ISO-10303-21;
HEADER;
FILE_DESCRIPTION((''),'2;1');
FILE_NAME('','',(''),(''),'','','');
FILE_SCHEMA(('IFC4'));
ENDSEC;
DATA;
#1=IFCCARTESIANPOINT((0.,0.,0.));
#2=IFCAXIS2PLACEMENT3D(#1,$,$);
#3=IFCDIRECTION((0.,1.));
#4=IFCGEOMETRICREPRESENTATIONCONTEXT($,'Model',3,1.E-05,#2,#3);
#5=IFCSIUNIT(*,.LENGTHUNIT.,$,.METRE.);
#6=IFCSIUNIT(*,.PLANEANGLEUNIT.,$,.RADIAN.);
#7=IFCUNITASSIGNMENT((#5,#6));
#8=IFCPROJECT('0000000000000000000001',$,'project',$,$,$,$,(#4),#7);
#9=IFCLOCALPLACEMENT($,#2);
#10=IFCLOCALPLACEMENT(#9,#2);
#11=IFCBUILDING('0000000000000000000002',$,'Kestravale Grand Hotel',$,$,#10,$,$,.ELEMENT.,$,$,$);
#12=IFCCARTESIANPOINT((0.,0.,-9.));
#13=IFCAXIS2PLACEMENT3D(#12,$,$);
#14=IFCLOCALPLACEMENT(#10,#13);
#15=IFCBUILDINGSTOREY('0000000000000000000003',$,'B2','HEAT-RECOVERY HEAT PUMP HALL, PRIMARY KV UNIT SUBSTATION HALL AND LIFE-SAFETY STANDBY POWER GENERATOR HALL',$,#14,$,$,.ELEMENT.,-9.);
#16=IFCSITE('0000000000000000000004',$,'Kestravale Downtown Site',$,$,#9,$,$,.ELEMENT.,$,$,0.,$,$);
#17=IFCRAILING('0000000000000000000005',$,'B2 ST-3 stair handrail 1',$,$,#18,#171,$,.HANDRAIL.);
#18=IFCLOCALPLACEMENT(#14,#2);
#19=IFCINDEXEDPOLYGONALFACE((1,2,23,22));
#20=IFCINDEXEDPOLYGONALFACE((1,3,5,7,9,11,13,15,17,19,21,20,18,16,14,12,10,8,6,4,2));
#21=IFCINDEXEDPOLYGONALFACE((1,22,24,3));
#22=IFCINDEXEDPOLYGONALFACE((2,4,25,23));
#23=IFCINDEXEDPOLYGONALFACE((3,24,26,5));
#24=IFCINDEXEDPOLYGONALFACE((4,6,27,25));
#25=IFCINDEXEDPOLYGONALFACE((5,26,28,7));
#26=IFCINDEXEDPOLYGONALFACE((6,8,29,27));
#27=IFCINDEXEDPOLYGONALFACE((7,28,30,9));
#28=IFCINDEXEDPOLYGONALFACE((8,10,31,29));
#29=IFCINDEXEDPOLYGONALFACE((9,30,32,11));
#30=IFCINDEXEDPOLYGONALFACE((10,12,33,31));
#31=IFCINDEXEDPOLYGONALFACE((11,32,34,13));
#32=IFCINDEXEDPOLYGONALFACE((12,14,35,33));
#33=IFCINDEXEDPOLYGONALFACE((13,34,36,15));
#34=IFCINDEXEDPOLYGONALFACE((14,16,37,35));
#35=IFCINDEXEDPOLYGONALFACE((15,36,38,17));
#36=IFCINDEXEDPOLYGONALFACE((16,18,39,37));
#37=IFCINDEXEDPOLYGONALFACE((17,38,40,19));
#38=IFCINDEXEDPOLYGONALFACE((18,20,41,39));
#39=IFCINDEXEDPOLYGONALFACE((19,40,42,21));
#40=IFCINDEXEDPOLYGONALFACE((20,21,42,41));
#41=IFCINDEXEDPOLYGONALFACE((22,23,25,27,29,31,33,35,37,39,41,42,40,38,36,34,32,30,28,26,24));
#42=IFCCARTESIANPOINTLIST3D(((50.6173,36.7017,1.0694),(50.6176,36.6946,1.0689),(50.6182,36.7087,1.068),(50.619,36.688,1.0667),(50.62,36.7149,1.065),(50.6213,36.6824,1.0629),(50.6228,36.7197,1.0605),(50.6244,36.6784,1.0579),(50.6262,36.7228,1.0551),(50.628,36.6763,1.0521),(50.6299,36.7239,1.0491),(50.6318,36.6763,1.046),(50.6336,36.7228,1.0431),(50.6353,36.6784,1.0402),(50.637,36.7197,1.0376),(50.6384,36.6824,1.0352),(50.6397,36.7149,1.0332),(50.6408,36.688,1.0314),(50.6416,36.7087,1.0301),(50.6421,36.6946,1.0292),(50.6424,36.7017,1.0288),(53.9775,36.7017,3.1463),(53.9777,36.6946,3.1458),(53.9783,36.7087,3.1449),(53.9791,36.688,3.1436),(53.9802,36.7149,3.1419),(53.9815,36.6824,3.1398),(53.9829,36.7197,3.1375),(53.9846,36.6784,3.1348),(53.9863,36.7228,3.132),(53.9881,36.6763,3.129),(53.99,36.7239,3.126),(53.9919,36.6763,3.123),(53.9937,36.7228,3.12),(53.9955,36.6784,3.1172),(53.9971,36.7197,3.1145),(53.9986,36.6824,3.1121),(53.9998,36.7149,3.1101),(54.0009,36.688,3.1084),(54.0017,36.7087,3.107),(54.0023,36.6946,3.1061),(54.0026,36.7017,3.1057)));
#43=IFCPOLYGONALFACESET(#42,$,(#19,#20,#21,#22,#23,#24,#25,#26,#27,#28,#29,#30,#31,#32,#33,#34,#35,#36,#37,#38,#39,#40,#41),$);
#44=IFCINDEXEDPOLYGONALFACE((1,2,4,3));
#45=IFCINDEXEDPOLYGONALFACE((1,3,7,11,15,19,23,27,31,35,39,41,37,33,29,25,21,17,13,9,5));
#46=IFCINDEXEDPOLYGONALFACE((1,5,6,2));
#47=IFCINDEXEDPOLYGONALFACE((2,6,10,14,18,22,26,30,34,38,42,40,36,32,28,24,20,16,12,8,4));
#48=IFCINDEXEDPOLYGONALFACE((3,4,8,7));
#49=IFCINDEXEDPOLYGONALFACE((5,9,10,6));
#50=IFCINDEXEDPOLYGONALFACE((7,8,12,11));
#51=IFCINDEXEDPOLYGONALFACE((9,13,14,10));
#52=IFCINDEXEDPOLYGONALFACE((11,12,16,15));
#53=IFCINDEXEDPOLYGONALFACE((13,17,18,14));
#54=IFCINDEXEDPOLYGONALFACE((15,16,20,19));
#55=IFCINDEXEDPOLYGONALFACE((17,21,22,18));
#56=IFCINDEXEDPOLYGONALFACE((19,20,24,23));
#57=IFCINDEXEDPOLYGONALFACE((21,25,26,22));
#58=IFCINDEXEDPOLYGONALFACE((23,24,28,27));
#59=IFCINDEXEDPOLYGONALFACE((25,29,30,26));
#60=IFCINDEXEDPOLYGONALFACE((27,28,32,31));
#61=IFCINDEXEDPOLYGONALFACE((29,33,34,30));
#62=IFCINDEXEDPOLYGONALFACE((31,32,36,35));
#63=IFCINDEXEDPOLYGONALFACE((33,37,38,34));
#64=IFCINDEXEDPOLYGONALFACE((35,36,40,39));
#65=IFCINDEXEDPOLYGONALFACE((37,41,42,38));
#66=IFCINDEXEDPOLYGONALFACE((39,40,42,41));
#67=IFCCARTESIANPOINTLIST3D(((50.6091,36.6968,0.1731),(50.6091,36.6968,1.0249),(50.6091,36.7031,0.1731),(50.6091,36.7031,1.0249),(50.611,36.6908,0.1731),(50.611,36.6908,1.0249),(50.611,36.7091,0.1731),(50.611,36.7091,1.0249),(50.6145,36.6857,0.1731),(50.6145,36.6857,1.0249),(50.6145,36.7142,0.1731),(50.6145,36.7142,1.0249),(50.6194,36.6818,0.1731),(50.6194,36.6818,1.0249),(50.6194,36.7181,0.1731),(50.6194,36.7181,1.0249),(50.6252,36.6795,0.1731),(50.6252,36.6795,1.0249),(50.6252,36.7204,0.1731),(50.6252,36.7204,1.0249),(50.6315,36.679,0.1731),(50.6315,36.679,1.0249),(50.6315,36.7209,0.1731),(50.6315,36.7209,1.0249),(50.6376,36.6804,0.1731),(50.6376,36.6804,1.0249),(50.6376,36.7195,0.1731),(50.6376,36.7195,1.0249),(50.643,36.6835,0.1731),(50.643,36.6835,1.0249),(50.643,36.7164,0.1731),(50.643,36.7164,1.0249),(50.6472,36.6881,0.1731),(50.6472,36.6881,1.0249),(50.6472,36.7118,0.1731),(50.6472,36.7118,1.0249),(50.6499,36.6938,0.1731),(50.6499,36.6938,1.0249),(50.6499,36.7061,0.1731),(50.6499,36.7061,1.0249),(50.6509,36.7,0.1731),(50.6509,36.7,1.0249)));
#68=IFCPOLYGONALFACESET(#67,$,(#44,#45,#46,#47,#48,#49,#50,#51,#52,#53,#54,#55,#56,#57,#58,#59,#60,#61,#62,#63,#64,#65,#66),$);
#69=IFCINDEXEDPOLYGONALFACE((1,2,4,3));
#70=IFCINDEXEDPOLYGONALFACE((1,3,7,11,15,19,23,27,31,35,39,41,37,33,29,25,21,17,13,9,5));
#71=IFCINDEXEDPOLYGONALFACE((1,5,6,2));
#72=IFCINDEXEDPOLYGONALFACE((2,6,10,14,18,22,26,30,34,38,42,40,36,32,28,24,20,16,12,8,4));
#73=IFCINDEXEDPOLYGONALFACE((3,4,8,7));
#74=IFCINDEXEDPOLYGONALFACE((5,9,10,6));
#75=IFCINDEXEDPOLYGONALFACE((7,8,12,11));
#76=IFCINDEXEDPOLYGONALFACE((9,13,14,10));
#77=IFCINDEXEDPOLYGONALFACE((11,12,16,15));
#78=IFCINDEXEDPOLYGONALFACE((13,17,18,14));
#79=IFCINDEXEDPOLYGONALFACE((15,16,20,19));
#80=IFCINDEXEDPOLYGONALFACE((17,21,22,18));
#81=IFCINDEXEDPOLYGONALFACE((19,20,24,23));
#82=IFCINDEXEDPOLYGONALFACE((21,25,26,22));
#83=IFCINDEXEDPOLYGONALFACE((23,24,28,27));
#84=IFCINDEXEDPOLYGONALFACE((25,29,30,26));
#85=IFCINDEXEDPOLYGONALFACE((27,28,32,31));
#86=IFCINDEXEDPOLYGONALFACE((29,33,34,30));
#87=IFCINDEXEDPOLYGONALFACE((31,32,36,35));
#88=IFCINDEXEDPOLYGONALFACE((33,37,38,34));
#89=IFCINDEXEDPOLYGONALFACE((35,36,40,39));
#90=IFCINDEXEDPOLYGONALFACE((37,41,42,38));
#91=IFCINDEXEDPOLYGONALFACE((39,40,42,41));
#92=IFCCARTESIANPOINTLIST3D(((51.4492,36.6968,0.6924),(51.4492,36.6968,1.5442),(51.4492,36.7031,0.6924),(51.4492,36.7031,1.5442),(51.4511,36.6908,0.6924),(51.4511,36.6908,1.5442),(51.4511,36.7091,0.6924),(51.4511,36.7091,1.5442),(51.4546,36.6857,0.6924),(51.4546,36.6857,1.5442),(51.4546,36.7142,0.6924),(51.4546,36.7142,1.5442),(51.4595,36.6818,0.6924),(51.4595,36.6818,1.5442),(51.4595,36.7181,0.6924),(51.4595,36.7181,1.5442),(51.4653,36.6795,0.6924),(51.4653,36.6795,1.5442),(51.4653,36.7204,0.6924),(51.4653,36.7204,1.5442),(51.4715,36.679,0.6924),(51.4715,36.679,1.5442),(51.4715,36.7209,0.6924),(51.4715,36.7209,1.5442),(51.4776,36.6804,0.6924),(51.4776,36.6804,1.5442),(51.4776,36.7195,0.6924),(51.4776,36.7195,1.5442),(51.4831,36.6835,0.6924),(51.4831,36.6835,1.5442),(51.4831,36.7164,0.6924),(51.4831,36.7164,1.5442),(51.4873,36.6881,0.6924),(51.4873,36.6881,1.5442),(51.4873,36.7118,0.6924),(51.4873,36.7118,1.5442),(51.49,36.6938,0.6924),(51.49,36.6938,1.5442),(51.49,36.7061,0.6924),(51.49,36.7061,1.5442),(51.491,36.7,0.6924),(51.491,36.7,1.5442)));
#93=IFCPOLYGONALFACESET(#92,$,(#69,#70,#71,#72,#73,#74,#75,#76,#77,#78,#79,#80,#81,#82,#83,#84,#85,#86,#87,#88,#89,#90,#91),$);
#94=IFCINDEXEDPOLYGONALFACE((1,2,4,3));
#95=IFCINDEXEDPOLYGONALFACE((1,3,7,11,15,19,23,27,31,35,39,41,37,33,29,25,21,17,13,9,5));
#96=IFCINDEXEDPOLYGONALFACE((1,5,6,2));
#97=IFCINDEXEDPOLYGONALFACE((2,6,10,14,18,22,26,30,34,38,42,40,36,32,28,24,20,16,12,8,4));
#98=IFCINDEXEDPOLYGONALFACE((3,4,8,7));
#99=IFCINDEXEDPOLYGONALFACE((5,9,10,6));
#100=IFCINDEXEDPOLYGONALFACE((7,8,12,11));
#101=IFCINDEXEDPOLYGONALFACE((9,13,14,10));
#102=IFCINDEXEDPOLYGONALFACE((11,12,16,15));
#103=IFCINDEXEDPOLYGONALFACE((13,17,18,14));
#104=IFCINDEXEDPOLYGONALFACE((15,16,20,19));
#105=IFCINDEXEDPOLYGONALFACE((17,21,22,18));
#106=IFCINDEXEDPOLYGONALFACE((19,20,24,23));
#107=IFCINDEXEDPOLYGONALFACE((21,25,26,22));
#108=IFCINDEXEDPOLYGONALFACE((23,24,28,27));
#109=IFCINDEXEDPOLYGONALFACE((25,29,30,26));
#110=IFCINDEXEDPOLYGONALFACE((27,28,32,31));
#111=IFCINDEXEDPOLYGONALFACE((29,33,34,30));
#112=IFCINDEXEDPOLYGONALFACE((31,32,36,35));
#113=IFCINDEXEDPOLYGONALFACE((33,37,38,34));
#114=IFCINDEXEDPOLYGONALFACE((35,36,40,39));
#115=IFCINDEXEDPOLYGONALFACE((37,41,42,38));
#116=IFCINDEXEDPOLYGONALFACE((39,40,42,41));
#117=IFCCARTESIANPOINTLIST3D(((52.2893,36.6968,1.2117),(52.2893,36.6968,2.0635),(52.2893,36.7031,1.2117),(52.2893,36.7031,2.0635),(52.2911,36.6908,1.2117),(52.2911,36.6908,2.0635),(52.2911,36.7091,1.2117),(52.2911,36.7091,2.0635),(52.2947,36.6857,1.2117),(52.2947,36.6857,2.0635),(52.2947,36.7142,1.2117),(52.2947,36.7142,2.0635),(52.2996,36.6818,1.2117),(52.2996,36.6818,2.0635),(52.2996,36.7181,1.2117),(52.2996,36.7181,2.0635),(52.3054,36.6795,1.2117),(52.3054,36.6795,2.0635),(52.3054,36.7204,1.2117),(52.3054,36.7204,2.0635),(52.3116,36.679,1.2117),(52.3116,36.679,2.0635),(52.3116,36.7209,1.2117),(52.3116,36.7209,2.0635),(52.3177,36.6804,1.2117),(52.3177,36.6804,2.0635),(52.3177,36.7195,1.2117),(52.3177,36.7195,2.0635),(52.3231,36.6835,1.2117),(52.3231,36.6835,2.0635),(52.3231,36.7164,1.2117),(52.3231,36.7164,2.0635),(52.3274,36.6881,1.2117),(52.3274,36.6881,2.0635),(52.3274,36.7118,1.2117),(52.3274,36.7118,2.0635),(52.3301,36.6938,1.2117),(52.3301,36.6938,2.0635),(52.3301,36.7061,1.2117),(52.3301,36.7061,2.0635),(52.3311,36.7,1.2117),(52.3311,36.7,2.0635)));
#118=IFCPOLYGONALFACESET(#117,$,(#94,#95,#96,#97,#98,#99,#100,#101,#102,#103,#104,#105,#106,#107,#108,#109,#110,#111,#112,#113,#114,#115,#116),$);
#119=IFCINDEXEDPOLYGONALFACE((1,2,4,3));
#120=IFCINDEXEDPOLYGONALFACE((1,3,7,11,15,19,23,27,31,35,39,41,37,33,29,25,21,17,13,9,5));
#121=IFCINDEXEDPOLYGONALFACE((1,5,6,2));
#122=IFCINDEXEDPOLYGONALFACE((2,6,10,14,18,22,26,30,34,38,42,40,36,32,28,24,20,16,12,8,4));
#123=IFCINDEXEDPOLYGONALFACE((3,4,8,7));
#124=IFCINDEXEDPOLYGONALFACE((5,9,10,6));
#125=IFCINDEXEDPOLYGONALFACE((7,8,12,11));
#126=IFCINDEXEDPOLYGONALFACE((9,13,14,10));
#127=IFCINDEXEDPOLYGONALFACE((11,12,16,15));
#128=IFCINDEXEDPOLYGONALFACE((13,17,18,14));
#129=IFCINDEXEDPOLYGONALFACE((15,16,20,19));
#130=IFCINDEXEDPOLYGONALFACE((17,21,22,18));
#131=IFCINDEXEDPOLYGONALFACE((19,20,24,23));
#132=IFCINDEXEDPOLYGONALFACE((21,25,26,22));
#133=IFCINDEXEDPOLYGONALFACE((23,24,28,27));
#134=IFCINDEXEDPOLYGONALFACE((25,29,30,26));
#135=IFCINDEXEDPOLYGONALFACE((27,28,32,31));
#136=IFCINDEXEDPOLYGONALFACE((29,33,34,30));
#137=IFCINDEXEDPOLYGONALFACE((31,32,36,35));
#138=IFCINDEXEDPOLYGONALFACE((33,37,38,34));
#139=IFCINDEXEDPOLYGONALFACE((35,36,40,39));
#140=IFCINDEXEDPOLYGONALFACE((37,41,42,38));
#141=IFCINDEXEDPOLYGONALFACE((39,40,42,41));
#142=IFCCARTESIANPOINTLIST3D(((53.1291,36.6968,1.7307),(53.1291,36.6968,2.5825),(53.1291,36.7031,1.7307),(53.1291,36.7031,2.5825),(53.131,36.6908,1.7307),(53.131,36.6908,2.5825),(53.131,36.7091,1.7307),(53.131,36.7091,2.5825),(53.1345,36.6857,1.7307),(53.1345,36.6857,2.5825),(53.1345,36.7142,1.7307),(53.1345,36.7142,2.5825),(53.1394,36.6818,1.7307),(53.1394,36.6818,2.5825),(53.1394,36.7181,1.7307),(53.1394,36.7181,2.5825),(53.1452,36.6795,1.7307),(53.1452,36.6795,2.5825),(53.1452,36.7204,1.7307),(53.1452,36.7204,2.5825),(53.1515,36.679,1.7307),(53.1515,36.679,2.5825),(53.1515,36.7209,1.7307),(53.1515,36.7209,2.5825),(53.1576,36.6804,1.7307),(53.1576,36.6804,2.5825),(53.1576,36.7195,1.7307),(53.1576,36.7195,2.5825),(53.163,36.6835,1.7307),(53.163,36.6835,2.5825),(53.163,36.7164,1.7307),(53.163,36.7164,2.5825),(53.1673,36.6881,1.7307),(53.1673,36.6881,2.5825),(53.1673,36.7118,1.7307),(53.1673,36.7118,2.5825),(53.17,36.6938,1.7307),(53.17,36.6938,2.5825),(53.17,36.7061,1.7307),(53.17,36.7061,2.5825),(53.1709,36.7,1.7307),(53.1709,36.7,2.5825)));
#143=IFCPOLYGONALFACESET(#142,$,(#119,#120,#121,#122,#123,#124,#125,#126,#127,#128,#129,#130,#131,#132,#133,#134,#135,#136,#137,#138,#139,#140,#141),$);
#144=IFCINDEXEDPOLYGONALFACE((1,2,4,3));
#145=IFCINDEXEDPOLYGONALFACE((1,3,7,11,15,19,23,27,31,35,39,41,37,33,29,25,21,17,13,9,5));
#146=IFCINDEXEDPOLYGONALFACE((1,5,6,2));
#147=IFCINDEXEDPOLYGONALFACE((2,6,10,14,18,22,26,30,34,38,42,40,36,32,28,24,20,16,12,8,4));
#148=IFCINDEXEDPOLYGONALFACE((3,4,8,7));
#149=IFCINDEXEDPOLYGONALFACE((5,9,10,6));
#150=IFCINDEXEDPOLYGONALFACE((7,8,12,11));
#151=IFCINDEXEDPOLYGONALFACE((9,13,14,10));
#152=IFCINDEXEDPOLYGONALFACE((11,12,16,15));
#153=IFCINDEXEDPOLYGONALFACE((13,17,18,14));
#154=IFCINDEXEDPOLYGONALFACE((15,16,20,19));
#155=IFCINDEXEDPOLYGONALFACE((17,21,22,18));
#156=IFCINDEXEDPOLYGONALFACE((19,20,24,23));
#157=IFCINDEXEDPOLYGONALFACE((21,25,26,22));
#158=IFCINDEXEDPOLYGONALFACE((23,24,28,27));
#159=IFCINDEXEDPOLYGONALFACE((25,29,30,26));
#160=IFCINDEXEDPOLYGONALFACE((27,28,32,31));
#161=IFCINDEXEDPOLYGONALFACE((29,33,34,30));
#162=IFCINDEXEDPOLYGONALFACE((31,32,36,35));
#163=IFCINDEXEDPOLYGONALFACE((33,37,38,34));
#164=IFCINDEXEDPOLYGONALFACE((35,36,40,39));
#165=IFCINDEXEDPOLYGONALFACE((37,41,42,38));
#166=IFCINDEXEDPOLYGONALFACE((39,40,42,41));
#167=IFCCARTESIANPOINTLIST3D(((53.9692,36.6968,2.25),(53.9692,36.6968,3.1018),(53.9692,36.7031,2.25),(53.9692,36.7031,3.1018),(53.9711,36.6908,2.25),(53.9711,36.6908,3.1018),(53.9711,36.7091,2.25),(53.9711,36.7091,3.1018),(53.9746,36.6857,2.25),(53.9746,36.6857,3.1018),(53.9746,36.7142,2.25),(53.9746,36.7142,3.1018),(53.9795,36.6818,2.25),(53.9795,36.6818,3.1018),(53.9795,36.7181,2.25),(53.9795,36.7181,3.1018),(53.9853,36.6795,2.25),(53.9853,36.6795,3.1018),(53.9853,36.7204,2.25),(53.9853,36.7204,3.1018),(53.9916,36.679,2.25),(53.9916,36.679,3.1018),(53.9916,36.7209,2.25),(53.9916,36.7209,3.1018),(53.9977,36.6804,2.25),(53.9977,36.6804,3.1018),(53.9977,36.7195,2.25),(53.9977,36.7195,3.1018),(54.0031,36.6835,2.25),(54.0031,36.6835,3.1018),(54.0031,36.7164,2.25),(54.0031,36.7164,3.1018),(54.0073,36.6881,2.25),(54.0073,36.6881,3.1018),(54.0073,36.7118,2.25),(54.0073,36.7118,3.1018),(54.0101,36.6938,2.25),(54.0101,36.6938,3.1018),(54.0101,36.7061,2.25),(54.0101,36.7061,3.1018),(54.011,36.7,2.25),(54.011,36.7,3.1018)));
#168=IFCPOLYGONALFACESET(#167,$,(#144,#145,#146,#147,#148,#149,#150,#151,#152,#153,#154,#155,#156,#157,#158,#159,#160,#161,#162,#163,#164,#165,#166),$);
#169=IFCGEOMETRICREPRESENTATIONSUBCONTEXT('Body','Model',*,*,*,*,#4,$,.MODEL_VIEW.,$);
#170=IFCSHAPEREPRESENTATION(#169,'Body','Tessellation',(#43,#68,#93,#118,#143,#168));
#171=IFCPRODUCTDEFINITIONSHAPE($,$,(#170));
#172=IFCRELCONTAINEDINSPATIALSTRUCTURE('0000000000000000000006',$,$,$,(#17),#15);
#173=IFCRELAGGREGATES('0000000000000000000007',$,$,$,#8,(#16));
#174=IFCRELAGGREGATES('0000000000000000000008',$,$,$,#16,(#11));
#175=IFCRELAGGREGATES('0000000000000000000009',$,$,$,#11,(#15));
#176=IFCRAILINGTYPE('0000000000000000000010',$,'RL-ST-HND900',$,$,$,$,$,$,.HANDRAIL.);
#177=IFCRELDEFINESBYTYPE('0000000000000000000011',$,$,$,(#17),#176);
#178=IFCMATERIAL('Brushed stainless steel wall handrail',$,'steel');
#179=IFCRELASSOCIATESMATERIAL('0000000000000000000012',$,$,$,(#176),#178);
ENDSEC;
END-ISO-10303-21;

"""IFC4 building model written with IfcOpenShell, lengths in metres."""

from ifc_helpers import new_model, si_unit, direction, frame, origin, origin_2d, place, context, subcontext, project, spatial, circle, extrude, material, type_object, element, save


model = new_model("IFC4")

# Units and contexts
model_context = context("Model", 3, precision=1e-05, world=origin(), true_north=direction((0.0, 1.0)))
body_context = subcontext(model_context, "Body", "Model", "MODEL_VIEW")
ifc_project = project(units=[si_unit("LENGTHUNIT", "METRE"), si_unit("PLANEANGLEUNIT", "RADIAN")], contexts=[model_context])

# Site, building, storey
site_placement = place(None, origin())
site = spatial("IfcSite", under=ifc_project, at=site_placement, Name="Kestravale Downtown Site", CompositionType="ELEMENT", RefElevation=0.0)
building_placement = place(site_placement, origin())
building = spatial("IfcBuilding", under=site, at=building_placement, Name="Kestravale Grand Hotel", CompositionType="ELEMENT")
storey_placement = place(building_placement, frame((0.0, 0.0, -9.0)))
storey = spatial("IfcBuildingStorey", under=building, at=storey_placement, Name="B2", Description="HEAT-RECOVERY HEAT PUMP HALL, PRIMARY KV UNIT SUBSTATION HALL AND LIFE-SAFETY STANDBY POWER GENERATOR HALL", CompositionType="ELEMENT", Elevation=-9.0)

# Railing
ifc_material_1 = material(Name="Brushed stainless steel wall handrail", Category="steel")
railing_type_1 = type_object("IfcRailingType", Name="RL-ST-HND900", PredefinedType="HANDRAIL", material=ifc_material_1)
railing_1_placement = place(storey_placement, frame((50.6299, 36.7, 0.1731)))
element("IfcRailing", 1, at=railing_1_placement, inside=storey, type_object=railing_type_1, Name="B2 ST-3 stair handrail 1", PredefinedType="HANDRAIL", context=body_context, shape_type="SweptSolid", body=[
    extrude(circle(Radius=0.0239, at=origin_2d()), frame((0.0, 0.0, 0.876), z_axis=(0.850623, 0.0, 0.525776), x_axis=(0.0, 1.0, 0.0)), (0.0, 0.0, 1.0), 3.9502),
    extrude(circle(Radius=0.021, at=origin_2d()), origin(), (0.0, 0.0, 1.0), 0.8518),
    extrude(circle(Radius=0.021, at=origin_2d()), frame((0.8401, 0.0, 0.5193)), (0.0, 0.0, 1.0), 0.8518),
    extrude(circle(Radius=0.021, at=origin_2d()), frame((1.6802, 0.0, 1.0386)), (0.0, 0.0, 1.0), 0.8518),
    extrude(circle(Radius=0.021, at=origin_2d()), frame((2.52, 0.0, 1.5576)), (0.0, 0.0, 1.0), 0.8518),
    extrude(circle(Radius=0.021, at=origin_2d()), frame((3.3601, 0.0, 2.0769)), (0.0, 0.0, 1.0), 0.8518),
])

save(model, "model.ifc")
